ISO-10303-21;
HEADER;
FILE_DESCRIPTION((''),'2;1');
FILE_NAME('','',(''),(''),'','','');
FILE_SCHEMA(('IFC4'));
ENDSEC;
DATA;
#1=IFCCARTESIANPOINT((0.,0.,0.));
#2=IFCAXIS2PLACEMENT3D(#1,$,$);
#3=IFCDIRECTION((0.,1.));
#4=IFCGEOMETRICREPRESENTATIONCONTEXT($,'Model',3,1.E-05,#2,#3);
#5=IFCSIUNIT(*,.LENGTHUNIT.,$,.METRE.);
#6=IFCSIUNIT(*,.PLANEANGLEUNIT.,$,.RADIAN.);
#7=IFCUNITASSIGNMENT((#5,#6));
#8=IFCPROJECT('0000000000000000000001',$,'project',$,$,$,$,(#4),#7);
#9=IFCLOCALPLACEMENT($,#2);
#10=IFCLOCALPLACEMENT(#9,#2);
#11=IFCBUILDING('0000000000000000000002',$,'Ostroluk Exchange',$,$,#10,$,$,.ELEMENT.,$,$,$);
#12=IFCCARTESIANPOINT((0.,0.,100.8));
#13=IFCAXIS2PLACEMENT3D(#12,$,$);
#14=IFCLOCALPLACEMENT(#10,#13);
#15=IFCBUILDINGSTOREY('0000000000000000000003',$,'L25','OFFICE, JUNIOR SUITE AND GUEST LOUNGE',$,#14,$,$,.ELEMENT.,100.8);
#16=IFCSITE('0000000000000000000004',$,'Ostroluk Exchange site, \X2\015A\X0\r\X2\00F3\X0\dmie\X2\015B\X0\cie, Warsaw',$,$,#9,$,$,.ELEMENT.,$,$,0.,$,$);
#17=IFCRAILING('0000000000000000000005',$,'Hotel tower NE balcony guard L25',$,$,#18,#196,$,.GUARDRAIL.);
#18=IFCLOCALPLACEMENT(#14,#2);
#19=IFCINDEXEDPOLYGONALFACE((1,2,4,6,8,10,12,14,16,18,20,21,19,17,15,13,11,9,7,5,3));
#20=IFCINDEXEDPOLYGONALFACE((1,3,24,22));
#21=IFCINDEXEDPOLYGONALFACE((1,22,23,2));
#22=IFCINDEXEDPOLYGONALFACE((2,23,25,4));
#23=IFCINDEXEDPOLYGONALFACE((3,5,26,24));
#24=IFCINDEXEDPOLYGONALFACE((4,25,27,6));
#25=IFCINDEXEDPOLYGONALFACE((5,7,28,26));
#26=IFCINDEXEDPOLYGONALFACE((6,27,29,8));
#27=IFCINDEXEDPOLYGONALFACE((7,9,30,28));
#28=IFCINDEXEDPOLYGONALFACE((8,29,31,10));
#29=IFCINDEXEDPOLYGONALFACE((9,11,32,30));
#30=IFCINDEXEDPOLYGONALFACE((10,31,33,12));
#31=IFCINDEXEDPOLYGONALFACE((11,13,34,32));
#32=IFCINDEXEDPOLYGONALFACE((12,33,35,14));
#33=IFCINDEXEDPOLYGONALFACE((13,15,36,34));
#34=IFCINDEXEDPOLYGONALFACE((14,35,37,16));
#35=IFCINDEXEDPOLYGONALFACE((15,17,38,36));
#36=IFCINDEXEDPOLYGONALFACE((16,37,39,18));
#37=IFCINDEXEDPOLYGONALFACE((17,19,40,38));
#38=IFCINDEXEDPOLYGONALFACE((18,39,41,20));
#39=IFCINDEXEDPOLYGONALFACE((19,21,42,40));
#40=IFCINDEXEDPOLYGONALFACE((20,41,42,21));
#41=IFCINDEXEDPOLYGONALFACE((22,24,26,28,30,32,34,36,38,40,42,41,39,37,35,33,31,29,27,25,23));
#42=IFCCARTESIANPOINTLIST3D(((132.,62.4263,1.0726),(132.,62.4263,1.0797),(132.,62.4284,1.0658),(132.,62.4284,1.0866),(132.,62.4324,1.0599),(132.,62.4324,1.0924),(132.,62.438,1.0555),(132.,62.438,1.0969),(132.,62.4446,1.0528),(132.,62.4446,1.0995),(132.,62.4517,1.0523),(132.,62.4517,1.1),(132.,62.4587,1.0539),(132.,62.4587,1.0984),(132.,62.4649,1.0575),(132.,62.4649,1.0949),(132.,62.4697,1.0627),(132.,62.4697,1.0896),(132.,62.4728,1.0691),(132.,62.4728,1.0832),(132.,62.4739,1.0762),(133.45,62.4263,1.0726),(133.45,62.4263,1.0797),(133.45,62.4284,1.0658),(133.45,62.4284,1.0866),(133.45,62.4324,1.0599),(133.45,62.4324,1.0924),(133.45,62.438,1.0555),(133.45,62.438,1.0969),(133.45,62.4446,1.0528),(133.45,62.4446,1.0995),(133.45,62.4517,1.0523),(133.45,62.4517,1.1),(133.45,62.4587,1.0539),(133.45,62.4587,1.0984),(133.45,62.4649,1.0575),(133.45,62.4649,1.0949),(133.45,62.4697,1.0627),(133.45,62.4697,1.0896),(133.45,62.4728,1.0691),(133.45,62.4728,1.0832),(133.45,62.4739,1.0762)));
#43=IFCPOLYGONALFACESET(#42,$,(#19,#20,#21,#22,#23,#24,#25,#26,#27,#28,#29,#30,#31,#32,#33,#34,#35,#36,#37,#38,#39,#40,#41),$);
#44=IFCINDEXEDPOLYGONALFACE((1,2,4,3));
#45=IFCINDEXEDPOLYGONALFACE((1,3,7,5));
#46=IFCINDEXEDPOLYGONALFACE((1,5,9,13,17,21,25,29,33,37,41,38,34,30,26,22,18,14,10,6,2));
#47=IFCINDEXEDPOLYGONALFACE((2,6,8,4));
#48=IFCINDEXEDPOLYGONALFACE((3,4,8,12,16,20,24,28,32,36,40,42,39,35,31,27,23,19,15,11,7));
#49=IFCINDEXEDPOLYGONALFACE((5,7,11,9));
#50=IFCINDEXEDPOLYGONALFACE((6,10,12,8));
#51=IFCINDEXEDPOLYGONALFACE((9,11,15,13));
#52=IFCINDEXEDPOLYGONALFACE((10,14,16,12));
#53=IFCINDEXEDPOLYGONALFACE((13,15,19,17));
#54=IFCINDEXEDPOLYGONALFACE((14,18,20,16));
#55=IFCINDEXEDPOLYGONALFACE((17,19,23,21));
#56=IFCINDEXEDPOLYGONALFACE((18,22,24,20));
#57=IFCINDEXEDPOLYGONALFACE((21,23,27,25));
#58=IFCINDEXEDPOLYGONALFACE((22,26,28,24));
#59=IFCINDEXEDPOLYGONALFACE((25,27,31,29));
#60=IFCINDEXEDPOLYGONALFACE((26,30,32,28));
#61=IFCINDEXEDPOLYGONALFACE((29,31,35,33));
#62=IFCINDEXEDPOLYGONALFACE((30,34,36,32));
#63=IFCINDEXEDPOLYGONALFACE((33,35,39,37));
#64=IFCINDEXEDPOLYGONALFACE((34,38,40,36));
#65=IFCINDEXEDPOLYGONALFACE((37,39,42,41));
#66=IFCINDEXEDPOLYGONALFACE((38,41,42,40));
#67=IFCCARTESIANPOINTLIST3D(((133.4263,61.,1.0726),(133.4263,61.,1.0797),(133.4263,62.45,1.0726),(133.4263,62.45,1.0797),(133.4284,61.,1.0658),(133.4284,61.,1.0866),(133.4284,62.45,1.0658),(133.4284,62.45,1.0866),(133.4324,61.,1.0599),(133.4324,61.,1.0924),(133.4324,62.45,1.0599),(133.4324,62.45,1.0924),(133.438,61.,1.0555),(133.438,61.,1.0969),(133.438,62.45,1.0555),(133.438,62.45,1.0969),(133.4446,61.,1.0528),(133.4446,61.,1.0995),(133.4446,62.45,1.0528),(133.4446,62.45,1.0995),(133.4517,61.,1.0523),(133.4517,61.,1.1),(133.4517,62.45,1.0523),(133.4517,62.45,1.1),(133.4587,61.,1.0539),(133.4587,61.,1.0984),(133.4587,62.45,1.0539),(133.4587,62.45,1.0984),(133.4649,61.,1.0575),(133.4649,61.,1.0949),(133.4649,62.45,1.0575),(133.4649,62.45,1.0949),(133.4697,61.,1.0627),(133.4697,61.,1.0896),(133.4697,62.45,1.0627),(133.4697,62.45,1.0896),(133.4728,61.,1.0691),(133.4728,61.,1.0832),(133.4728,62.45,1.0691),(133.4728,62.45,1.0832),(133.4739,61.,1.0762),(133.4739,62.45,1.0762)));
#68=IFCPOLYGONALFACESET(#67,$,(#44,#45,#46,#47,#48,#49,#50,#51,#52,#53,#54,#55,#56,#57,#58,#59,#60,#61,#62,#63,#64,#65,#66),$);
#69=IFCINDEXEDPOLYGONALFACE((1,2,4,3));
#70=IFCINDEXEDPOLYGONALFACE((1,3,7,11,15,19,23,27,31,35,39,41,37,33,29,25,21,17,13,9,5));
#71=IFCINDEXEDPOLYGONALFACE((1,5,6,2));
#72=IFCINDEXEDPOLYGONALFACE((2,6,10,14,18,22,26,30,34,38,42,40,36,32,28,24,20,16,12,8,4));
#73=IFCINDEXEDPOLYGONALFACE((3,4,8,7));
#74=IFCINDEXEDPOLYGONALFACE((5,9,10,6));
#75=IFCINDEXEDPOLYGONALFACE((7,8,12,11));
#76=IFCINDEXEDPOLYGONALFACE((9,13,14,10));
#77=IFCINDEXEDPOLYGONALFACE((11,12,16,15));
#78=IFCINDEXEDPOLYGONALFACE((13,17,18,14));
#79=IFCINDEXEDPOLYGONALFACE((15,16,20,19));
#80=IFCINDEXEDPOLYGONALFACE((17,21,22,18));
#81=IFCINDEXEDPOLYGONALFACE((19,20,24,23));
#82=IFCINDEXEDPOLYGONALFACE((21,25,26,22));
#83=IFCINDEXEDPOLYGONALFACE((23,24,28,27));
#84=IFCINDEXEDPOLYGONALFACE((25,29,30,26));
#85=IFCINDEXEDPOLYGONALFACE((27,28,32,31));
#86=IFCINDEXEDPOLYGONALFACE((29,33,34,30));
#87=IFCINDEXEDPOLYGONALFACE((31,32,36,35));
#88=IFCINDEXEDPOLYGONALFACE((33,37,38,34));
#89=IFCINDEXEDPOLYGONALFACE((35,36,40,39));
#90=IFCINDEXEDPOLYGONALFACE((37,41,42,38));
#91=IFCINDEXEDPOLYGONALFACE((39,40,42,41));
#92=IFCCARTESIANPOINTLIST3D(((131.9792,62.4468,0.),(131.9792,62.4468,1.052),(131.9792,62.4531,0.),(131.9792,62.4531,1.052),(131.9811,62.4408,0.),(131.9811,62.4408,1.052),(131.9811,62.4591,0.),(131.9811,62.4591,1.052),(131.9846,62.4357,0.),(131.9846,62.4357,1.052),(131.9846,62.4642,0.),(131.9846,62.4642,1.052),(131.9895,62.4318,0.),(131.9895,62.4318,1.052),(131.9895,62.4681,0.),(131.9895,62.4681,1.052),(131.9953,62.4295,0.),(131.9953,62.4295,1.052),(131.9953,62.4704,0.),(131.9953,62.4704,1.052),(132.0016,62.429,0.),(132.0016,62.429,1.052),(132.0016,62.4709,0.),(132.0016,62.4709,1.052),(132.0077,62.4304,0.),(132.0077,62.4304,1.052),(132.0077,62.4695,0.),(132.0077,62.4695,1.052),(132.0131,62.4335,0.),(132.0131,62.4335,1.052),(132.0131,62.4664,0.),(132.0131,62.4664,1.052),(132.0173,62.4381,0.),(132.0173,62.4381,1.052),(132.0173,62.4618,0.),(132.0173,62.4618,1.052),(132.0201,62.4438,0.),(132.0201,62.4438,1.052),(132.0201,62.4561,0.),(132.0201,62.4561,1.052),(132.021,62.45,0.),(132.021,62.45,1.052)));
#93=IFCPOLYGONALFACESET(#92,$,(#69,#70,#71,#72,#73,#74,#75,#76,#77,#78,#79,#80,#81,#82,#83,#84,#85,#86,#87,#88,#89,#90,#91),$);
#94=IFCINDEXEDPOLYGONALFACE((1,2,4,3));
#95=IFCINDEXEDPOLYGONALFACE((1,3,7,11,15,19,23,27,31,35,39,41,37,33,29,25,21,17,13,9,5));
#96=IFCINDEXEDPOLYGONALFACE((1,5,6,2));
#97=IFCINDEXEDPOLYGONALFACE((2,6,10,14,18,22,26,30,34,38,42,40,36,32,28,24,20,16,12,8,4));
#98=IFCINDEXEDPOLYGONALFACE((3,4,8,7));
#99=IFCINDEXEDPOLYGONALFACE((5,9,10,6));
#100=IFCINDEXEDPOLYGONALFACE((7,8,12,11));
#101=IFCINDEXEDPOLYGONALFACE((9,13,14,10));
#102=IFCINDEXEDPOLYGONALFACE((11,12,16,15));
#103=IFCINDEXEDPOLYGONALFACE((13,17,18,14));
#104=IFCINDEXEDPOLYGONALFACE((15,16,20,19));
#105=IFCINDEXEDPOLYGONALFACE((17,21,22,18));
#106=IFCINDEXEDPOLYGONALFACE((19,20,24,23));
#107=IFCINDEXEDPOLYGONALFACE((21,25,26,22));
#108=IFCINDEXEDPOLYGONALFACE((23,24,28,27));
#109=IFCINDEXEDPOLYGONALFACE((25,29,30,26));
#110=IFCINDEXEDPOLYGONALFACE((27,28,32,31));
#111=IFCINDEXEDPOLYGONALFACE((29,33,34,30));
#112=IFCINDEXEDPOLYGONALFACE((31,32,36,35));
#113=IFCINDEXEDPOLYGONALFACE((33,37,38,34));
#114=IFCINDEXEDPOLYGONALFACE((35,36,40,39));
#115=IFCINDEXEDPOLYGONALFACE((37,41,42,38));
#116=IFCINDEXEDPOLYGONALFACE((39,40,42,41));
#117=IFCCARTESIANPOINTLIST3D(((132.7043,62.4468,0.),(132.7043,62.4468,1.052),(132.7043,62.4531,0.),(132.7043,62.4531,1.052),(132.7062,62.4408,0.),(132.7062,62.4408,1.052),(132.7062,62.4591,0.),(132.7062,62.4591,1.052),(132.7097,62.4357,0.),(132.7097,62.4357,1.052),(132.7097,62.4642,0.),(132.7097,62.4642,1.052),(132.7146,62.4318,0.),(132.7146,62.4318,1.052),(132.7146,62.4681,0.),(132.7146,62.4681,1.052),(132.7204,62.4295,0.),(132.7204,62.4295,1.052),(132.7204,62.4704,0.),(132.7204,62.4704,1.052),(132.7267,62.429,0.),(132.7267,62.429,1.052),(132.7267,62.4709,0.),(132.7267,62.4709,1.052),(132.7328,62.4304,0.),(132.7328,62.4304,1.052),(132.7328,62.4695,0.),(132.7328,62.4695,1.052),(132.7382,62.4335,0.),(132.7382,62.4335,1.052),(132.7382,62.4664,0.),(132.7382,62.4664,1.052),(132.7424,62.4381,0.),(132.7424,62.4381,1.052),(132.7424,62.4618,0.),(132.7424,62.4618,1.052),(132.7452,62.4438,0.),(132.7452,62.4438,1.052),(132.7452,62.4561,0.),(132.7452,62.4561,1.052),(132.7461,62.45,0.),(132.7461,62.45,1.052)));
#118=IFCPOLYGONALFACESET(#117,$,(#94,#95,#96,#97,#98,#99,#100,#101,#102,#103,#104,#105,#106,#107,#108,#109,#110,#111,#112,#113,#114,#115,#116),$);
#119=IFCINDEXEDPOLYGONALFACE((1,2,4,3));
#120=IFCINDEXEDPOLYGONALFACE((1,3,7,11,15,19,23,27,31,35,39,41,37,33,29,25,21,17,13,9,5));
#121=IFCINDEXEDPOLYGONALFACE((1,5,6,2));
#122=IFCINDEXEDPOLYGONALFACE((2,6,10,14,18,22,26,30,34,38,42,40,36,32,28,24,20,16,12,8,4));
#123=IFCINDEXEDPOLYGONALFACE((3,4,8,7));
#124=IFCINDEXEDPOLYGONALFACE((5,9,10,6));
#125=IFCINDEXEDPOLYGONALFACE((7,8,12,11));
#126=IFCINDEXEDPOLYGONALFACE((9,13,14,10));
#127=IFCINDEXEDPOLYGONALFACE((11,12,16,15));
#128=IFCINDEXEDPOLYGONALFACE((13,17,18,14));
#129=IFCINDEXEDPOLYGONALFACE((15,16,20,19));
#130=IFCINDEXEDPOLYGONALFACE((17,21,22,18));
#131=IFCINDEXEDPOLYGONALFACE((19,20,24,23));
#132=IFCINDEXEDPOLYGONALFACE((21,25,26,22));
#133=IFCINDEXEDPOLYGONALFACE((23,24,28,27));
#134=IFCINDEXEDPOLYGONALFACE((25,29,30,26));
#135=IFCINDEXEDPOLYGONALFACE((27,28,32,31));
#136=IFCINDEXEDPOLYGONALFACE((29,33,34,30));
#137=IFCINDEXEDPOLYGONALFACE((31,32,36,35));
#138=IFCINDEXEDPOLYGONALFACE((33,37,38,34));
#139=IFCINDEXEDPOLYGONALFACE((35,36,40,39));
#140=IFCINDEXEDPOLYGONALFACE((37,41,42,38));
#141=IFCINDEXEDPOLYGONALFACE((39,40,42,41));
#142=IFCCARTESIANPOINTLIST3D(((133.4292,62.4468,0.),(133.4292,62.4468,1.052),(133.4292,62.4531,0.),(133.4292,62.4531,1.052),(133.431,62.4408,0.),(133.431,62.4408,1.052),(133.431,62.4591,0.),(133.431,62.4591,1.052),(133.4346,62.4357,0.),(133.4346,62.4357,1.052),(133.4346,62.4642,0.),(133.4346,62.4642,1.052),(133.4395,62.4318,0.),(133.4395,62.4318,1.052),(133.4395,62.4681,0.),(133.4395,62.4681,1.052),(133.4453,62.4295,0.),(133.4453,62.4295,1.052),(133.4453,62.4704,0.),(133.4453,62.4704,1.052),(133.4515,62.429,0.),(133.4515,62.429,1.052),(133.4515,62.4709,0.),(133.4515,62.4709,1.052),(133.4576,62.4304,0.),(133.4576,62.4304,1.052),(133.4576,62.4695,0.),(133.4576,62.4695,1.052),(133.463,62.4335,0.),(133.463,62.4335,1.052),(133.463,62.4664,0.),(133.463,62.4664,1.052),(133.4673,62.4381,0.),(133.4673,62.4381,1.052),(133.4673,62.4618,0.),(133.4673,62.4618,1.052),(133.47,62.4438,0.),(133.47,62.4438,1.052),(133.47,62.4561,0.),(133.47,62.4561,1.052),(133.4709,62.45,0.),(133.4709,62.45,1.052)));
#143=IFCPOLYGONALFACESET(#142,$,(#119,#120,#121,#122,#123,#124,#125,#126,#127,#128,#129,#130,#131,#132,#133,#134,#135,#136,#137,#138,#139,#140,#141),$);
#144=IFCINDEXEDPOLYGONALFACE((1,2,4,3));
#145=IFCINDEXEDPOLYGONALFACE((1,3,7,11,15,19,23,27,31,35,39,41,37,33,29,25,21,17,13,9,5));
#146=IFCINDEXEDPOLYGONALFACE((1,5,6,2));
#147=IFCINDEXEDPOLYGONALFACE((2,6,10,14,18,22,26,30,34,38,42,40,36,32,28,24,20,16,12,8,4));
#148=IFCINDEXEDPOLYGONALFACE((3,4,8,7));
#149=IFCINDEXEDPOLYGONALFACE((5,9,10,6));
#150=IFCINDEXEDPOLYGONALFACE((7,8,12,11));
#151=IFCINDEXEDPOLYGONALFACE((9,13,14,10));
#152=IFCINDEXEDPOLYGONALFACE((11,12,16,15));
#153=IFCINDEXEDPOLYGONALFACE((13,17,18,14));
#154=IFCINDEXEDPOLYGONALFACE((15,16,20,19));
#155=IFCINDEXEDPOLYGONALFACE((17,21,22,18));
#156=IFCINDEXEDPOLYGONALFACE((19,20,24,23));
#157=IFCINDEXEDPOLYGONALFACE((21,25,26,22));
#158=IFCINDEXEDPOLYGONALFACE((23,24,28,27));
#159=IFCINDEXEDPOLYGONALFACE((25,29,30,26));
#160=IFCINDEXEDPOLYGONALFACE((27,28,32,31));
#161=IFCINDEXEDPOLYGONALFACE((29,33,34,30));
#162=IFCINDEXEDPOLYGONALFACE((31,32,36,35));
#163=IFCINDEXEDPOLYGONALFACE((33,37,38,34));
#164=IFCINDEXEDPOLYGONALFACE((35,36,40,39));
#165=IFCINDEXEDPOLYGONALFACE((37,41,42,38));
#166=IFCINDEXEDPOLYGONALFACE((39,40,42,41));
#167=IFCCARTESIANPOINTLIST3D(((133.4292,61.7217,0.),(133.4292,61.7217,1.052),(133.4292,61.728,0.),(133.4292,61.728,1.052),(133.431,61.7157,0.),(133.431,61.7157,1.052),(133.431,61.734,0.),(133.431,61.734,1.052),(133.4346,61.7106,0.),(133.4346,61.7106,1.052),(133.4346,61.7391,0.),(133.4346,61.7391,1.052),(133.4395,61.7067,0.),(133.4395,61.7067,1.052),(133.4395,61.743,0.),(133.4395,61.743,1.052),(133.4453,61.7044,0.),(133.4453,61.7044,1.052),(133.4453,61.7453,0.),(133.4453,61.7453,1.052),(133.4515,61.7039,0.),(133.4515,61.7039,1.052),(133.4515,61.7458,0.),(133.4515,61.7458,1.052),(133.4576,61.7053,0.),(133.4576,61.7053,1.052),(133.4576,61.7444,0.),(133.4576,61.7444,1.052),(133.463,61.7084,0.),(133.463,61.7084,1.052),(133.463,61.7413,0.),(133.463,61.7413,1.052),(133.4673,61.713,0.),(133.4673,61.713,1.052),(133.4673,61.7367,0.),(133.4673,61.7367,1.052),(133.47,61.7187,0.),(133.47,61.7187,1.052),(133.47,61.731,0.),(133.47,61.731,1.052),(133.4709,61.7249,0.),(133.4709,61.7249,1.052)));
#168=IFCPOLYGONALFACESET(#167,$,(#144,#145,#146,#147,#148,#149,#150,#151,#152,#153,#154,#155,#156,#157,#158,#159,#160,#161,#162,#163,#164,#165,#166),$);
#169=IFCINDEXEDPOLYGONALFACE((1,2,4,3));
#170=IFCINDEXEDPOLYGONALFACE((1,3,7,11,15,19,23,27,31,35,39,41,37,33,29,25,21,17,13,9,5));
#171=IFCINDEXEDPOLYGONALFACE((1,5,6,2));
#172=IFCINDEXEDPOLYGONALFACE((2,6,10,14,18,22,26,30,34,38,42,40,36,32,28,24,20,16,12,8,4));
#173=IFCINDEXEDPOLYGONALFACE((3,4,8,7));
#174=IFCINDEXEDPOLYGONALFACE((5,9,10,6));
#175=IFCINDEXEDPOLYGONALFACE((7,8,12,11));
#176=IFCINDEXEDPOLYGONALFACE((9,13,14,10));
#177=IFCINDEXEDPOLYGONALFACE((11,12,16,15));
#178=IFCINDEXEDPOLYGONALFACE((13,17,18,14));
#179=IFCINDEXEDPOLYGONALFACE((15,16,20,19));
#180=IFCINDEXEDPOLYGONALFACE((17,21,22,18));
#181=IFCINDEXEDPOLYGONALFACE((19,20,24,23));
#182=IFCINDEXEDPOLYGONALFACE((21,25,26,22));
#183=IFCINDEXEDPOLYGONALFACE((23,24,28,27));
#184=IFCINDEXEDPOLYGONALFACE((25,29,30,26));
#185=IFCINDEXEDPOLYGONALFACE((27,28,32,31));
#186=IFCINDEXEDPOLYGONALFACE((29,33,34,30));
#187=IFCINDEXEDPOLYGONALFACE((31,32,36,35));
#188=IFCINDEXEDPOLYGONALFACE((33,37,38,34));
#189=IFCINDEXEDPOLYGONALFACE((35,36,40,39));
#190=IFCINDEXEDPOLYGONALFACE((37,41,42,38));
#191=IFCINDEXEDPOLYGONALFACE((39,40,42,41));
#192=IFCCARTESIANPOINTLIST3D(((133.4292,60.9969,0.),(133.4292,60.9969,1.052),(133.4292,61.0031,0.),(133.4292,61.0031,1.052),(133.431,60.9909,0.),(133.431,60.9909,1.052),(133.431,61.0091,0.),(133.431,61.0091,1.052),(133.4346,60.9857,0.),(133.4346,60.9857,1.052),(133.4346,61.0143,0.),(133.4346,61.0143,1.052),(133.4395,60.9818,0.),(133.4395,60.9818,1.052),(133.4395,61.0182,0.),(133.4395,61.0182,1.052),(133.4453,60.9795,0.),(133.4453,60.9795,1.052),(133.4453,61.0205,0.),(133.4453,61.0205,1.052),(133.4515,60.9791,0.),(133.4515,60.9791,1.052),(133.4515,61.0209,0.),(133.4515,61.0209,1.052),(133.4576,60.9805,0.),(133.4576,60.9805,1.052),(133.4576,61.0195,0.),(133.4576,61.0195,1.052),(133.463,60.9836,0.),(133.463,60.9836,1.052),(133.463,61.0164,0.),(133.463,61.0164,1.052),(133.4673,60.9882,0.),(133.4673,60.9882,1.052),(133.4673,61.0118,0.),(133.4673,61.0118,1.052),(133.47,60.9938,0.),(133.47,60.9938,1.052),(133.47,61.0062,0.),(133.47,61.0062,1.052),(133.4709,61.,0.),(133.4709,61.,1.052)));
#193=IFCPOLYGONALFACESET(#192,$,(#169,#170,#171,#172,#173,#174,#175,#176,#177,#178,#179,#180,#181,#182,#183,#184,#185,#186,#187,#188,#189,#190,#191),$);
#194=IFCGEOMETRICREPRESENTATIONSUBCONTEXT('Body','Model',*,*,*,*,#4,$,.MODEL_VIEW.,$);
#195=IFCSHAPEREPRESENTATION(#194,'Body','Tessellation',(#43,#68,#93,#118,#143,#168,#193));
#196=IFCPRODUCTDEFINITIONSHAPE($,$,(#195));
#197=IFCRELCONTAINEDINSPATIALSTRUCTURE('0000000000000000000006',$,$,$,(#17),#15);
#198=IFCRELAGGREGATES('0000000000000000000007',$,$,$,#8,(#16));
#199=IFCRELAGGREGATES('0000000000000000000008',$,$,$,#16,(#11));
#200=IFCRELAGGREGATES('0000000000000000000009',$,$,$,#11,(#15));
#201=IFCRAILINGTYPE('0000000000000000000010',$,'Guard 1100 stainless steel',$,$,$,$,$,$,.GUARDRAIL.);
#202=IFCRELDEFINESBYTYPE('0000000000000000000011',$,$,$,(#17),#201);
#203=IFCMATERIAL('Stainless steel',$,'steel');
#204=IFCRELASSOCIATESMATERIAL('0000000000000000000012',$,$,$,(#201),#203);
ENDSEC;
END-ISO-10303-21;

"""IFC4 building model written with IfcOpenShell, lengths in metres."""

from ifc_helpers import new_model, si_unit, direction, frame, origin, origin_2d, place, context, subcontext, project, spatial, circle, extrude, material, type_object, element, save


model = new_model("IFC4")

# Units and contexts
model_context = context("Model", 3, precision=1e-05, world=origin(), true_north=direction((0.0, 1.0)))
body_context = subcontext(model_context, "Body", "Model", "MODEL_VIEW")
ifc_project = project(units=[si_unit("LENGTHUNIT", "METRE"), si_unit("PLANEANGLEUNIT", "RADIAN")], contexts=[model_context])

# Site, building, storey
site_placement = place(None, origin())
site = spatial("IfcSite", under=ifc_project, at=site_placement, Name="Ostroluk Exchange site, Śródmieście, Warsaw", CompositionType="ELEMENT", RefElevation=0.0)
building_placement = place(site_placement, origin())
building = spatial("IfcBuilding", under=site, at=building_placement, Name="Ostroluk Exchange", CompositionType="ELEMENT")
storey_placement = place(building_placement, frame((0.0, 0.0, 100.8)))
storey = spatial("IfcBuildingStorey", under=building, at=storey_placement, Name="L25", Description="OFFICE, JUNIOR SUITE AND GUEST LOUNGE", CompositionType="ELEMENT", Elevation=100.8)

# Railing
ifc_material_1 = material(Name="Stainless steel", Category="steel")
railing_type_1 = type_object("IfcRailingType", Name="Guard 1100 stainless steel", PredefinedType="GUARDRAIL", material=ifc_material_1)
railing_1_placement = place(storey_placement, frame((132.0, 62.45, 0.0)))
element("IfcRailing", 1, at=railing_1_placement, inside=storey, type_object=railing_type_1, Name="Hotel tower NE balcony guard L25", PredefinedType="GUARDRAIL", context=body_context, shape_type="SweptSolid", body=[
    extrude(circle(Radius=0.0239, at=origin_2d()), frame((0.0, 0.0, 1.0762), z_axis=(1.0, 0.0, 0.0), x_axis=(0.0, 1.0, 0.0)), (0.0, 0.0, 1.0), 1.45),
    extrude(circle(Radius=0.0239, at=origin_2d()), frame((1.45, 0.0, 1.0762), z_axis=(0.0, -1.0, 0.0), x_axis=(1.0, 0.0, 0.0)), (0.0, 0.0, 1.0), 1.45),
    extrude(circle(Radius=0.021, at=origin_2d()), origin(), (0.0, 0.0, 1.0), 1.052),
    extrude(circle(Radius=0.021, at=origin_2d()), frame((0.7251, 0.0, 0.0)), (0.0, 0.0, 1.0), 1.052),
    extrude(circle(Radius=0.021, at=origin_2d()), frame((1.45, 0.0, 0.0)), (0.0, 0.0, 1.0), 1.052),
    extrude(circle(Radius=0.021, at=origin_2d()), frame((1.45, -0.7251, 0.0)), (0.0, 0.0, 1.0), 1.052),
    extrude(circle(Radius=0.021, at=origin_2d()), frame((1.45, -1.45, 0.0)), (0.0, 0.0, 1.0), 1.052),
])

save(model, "model.ifc")
